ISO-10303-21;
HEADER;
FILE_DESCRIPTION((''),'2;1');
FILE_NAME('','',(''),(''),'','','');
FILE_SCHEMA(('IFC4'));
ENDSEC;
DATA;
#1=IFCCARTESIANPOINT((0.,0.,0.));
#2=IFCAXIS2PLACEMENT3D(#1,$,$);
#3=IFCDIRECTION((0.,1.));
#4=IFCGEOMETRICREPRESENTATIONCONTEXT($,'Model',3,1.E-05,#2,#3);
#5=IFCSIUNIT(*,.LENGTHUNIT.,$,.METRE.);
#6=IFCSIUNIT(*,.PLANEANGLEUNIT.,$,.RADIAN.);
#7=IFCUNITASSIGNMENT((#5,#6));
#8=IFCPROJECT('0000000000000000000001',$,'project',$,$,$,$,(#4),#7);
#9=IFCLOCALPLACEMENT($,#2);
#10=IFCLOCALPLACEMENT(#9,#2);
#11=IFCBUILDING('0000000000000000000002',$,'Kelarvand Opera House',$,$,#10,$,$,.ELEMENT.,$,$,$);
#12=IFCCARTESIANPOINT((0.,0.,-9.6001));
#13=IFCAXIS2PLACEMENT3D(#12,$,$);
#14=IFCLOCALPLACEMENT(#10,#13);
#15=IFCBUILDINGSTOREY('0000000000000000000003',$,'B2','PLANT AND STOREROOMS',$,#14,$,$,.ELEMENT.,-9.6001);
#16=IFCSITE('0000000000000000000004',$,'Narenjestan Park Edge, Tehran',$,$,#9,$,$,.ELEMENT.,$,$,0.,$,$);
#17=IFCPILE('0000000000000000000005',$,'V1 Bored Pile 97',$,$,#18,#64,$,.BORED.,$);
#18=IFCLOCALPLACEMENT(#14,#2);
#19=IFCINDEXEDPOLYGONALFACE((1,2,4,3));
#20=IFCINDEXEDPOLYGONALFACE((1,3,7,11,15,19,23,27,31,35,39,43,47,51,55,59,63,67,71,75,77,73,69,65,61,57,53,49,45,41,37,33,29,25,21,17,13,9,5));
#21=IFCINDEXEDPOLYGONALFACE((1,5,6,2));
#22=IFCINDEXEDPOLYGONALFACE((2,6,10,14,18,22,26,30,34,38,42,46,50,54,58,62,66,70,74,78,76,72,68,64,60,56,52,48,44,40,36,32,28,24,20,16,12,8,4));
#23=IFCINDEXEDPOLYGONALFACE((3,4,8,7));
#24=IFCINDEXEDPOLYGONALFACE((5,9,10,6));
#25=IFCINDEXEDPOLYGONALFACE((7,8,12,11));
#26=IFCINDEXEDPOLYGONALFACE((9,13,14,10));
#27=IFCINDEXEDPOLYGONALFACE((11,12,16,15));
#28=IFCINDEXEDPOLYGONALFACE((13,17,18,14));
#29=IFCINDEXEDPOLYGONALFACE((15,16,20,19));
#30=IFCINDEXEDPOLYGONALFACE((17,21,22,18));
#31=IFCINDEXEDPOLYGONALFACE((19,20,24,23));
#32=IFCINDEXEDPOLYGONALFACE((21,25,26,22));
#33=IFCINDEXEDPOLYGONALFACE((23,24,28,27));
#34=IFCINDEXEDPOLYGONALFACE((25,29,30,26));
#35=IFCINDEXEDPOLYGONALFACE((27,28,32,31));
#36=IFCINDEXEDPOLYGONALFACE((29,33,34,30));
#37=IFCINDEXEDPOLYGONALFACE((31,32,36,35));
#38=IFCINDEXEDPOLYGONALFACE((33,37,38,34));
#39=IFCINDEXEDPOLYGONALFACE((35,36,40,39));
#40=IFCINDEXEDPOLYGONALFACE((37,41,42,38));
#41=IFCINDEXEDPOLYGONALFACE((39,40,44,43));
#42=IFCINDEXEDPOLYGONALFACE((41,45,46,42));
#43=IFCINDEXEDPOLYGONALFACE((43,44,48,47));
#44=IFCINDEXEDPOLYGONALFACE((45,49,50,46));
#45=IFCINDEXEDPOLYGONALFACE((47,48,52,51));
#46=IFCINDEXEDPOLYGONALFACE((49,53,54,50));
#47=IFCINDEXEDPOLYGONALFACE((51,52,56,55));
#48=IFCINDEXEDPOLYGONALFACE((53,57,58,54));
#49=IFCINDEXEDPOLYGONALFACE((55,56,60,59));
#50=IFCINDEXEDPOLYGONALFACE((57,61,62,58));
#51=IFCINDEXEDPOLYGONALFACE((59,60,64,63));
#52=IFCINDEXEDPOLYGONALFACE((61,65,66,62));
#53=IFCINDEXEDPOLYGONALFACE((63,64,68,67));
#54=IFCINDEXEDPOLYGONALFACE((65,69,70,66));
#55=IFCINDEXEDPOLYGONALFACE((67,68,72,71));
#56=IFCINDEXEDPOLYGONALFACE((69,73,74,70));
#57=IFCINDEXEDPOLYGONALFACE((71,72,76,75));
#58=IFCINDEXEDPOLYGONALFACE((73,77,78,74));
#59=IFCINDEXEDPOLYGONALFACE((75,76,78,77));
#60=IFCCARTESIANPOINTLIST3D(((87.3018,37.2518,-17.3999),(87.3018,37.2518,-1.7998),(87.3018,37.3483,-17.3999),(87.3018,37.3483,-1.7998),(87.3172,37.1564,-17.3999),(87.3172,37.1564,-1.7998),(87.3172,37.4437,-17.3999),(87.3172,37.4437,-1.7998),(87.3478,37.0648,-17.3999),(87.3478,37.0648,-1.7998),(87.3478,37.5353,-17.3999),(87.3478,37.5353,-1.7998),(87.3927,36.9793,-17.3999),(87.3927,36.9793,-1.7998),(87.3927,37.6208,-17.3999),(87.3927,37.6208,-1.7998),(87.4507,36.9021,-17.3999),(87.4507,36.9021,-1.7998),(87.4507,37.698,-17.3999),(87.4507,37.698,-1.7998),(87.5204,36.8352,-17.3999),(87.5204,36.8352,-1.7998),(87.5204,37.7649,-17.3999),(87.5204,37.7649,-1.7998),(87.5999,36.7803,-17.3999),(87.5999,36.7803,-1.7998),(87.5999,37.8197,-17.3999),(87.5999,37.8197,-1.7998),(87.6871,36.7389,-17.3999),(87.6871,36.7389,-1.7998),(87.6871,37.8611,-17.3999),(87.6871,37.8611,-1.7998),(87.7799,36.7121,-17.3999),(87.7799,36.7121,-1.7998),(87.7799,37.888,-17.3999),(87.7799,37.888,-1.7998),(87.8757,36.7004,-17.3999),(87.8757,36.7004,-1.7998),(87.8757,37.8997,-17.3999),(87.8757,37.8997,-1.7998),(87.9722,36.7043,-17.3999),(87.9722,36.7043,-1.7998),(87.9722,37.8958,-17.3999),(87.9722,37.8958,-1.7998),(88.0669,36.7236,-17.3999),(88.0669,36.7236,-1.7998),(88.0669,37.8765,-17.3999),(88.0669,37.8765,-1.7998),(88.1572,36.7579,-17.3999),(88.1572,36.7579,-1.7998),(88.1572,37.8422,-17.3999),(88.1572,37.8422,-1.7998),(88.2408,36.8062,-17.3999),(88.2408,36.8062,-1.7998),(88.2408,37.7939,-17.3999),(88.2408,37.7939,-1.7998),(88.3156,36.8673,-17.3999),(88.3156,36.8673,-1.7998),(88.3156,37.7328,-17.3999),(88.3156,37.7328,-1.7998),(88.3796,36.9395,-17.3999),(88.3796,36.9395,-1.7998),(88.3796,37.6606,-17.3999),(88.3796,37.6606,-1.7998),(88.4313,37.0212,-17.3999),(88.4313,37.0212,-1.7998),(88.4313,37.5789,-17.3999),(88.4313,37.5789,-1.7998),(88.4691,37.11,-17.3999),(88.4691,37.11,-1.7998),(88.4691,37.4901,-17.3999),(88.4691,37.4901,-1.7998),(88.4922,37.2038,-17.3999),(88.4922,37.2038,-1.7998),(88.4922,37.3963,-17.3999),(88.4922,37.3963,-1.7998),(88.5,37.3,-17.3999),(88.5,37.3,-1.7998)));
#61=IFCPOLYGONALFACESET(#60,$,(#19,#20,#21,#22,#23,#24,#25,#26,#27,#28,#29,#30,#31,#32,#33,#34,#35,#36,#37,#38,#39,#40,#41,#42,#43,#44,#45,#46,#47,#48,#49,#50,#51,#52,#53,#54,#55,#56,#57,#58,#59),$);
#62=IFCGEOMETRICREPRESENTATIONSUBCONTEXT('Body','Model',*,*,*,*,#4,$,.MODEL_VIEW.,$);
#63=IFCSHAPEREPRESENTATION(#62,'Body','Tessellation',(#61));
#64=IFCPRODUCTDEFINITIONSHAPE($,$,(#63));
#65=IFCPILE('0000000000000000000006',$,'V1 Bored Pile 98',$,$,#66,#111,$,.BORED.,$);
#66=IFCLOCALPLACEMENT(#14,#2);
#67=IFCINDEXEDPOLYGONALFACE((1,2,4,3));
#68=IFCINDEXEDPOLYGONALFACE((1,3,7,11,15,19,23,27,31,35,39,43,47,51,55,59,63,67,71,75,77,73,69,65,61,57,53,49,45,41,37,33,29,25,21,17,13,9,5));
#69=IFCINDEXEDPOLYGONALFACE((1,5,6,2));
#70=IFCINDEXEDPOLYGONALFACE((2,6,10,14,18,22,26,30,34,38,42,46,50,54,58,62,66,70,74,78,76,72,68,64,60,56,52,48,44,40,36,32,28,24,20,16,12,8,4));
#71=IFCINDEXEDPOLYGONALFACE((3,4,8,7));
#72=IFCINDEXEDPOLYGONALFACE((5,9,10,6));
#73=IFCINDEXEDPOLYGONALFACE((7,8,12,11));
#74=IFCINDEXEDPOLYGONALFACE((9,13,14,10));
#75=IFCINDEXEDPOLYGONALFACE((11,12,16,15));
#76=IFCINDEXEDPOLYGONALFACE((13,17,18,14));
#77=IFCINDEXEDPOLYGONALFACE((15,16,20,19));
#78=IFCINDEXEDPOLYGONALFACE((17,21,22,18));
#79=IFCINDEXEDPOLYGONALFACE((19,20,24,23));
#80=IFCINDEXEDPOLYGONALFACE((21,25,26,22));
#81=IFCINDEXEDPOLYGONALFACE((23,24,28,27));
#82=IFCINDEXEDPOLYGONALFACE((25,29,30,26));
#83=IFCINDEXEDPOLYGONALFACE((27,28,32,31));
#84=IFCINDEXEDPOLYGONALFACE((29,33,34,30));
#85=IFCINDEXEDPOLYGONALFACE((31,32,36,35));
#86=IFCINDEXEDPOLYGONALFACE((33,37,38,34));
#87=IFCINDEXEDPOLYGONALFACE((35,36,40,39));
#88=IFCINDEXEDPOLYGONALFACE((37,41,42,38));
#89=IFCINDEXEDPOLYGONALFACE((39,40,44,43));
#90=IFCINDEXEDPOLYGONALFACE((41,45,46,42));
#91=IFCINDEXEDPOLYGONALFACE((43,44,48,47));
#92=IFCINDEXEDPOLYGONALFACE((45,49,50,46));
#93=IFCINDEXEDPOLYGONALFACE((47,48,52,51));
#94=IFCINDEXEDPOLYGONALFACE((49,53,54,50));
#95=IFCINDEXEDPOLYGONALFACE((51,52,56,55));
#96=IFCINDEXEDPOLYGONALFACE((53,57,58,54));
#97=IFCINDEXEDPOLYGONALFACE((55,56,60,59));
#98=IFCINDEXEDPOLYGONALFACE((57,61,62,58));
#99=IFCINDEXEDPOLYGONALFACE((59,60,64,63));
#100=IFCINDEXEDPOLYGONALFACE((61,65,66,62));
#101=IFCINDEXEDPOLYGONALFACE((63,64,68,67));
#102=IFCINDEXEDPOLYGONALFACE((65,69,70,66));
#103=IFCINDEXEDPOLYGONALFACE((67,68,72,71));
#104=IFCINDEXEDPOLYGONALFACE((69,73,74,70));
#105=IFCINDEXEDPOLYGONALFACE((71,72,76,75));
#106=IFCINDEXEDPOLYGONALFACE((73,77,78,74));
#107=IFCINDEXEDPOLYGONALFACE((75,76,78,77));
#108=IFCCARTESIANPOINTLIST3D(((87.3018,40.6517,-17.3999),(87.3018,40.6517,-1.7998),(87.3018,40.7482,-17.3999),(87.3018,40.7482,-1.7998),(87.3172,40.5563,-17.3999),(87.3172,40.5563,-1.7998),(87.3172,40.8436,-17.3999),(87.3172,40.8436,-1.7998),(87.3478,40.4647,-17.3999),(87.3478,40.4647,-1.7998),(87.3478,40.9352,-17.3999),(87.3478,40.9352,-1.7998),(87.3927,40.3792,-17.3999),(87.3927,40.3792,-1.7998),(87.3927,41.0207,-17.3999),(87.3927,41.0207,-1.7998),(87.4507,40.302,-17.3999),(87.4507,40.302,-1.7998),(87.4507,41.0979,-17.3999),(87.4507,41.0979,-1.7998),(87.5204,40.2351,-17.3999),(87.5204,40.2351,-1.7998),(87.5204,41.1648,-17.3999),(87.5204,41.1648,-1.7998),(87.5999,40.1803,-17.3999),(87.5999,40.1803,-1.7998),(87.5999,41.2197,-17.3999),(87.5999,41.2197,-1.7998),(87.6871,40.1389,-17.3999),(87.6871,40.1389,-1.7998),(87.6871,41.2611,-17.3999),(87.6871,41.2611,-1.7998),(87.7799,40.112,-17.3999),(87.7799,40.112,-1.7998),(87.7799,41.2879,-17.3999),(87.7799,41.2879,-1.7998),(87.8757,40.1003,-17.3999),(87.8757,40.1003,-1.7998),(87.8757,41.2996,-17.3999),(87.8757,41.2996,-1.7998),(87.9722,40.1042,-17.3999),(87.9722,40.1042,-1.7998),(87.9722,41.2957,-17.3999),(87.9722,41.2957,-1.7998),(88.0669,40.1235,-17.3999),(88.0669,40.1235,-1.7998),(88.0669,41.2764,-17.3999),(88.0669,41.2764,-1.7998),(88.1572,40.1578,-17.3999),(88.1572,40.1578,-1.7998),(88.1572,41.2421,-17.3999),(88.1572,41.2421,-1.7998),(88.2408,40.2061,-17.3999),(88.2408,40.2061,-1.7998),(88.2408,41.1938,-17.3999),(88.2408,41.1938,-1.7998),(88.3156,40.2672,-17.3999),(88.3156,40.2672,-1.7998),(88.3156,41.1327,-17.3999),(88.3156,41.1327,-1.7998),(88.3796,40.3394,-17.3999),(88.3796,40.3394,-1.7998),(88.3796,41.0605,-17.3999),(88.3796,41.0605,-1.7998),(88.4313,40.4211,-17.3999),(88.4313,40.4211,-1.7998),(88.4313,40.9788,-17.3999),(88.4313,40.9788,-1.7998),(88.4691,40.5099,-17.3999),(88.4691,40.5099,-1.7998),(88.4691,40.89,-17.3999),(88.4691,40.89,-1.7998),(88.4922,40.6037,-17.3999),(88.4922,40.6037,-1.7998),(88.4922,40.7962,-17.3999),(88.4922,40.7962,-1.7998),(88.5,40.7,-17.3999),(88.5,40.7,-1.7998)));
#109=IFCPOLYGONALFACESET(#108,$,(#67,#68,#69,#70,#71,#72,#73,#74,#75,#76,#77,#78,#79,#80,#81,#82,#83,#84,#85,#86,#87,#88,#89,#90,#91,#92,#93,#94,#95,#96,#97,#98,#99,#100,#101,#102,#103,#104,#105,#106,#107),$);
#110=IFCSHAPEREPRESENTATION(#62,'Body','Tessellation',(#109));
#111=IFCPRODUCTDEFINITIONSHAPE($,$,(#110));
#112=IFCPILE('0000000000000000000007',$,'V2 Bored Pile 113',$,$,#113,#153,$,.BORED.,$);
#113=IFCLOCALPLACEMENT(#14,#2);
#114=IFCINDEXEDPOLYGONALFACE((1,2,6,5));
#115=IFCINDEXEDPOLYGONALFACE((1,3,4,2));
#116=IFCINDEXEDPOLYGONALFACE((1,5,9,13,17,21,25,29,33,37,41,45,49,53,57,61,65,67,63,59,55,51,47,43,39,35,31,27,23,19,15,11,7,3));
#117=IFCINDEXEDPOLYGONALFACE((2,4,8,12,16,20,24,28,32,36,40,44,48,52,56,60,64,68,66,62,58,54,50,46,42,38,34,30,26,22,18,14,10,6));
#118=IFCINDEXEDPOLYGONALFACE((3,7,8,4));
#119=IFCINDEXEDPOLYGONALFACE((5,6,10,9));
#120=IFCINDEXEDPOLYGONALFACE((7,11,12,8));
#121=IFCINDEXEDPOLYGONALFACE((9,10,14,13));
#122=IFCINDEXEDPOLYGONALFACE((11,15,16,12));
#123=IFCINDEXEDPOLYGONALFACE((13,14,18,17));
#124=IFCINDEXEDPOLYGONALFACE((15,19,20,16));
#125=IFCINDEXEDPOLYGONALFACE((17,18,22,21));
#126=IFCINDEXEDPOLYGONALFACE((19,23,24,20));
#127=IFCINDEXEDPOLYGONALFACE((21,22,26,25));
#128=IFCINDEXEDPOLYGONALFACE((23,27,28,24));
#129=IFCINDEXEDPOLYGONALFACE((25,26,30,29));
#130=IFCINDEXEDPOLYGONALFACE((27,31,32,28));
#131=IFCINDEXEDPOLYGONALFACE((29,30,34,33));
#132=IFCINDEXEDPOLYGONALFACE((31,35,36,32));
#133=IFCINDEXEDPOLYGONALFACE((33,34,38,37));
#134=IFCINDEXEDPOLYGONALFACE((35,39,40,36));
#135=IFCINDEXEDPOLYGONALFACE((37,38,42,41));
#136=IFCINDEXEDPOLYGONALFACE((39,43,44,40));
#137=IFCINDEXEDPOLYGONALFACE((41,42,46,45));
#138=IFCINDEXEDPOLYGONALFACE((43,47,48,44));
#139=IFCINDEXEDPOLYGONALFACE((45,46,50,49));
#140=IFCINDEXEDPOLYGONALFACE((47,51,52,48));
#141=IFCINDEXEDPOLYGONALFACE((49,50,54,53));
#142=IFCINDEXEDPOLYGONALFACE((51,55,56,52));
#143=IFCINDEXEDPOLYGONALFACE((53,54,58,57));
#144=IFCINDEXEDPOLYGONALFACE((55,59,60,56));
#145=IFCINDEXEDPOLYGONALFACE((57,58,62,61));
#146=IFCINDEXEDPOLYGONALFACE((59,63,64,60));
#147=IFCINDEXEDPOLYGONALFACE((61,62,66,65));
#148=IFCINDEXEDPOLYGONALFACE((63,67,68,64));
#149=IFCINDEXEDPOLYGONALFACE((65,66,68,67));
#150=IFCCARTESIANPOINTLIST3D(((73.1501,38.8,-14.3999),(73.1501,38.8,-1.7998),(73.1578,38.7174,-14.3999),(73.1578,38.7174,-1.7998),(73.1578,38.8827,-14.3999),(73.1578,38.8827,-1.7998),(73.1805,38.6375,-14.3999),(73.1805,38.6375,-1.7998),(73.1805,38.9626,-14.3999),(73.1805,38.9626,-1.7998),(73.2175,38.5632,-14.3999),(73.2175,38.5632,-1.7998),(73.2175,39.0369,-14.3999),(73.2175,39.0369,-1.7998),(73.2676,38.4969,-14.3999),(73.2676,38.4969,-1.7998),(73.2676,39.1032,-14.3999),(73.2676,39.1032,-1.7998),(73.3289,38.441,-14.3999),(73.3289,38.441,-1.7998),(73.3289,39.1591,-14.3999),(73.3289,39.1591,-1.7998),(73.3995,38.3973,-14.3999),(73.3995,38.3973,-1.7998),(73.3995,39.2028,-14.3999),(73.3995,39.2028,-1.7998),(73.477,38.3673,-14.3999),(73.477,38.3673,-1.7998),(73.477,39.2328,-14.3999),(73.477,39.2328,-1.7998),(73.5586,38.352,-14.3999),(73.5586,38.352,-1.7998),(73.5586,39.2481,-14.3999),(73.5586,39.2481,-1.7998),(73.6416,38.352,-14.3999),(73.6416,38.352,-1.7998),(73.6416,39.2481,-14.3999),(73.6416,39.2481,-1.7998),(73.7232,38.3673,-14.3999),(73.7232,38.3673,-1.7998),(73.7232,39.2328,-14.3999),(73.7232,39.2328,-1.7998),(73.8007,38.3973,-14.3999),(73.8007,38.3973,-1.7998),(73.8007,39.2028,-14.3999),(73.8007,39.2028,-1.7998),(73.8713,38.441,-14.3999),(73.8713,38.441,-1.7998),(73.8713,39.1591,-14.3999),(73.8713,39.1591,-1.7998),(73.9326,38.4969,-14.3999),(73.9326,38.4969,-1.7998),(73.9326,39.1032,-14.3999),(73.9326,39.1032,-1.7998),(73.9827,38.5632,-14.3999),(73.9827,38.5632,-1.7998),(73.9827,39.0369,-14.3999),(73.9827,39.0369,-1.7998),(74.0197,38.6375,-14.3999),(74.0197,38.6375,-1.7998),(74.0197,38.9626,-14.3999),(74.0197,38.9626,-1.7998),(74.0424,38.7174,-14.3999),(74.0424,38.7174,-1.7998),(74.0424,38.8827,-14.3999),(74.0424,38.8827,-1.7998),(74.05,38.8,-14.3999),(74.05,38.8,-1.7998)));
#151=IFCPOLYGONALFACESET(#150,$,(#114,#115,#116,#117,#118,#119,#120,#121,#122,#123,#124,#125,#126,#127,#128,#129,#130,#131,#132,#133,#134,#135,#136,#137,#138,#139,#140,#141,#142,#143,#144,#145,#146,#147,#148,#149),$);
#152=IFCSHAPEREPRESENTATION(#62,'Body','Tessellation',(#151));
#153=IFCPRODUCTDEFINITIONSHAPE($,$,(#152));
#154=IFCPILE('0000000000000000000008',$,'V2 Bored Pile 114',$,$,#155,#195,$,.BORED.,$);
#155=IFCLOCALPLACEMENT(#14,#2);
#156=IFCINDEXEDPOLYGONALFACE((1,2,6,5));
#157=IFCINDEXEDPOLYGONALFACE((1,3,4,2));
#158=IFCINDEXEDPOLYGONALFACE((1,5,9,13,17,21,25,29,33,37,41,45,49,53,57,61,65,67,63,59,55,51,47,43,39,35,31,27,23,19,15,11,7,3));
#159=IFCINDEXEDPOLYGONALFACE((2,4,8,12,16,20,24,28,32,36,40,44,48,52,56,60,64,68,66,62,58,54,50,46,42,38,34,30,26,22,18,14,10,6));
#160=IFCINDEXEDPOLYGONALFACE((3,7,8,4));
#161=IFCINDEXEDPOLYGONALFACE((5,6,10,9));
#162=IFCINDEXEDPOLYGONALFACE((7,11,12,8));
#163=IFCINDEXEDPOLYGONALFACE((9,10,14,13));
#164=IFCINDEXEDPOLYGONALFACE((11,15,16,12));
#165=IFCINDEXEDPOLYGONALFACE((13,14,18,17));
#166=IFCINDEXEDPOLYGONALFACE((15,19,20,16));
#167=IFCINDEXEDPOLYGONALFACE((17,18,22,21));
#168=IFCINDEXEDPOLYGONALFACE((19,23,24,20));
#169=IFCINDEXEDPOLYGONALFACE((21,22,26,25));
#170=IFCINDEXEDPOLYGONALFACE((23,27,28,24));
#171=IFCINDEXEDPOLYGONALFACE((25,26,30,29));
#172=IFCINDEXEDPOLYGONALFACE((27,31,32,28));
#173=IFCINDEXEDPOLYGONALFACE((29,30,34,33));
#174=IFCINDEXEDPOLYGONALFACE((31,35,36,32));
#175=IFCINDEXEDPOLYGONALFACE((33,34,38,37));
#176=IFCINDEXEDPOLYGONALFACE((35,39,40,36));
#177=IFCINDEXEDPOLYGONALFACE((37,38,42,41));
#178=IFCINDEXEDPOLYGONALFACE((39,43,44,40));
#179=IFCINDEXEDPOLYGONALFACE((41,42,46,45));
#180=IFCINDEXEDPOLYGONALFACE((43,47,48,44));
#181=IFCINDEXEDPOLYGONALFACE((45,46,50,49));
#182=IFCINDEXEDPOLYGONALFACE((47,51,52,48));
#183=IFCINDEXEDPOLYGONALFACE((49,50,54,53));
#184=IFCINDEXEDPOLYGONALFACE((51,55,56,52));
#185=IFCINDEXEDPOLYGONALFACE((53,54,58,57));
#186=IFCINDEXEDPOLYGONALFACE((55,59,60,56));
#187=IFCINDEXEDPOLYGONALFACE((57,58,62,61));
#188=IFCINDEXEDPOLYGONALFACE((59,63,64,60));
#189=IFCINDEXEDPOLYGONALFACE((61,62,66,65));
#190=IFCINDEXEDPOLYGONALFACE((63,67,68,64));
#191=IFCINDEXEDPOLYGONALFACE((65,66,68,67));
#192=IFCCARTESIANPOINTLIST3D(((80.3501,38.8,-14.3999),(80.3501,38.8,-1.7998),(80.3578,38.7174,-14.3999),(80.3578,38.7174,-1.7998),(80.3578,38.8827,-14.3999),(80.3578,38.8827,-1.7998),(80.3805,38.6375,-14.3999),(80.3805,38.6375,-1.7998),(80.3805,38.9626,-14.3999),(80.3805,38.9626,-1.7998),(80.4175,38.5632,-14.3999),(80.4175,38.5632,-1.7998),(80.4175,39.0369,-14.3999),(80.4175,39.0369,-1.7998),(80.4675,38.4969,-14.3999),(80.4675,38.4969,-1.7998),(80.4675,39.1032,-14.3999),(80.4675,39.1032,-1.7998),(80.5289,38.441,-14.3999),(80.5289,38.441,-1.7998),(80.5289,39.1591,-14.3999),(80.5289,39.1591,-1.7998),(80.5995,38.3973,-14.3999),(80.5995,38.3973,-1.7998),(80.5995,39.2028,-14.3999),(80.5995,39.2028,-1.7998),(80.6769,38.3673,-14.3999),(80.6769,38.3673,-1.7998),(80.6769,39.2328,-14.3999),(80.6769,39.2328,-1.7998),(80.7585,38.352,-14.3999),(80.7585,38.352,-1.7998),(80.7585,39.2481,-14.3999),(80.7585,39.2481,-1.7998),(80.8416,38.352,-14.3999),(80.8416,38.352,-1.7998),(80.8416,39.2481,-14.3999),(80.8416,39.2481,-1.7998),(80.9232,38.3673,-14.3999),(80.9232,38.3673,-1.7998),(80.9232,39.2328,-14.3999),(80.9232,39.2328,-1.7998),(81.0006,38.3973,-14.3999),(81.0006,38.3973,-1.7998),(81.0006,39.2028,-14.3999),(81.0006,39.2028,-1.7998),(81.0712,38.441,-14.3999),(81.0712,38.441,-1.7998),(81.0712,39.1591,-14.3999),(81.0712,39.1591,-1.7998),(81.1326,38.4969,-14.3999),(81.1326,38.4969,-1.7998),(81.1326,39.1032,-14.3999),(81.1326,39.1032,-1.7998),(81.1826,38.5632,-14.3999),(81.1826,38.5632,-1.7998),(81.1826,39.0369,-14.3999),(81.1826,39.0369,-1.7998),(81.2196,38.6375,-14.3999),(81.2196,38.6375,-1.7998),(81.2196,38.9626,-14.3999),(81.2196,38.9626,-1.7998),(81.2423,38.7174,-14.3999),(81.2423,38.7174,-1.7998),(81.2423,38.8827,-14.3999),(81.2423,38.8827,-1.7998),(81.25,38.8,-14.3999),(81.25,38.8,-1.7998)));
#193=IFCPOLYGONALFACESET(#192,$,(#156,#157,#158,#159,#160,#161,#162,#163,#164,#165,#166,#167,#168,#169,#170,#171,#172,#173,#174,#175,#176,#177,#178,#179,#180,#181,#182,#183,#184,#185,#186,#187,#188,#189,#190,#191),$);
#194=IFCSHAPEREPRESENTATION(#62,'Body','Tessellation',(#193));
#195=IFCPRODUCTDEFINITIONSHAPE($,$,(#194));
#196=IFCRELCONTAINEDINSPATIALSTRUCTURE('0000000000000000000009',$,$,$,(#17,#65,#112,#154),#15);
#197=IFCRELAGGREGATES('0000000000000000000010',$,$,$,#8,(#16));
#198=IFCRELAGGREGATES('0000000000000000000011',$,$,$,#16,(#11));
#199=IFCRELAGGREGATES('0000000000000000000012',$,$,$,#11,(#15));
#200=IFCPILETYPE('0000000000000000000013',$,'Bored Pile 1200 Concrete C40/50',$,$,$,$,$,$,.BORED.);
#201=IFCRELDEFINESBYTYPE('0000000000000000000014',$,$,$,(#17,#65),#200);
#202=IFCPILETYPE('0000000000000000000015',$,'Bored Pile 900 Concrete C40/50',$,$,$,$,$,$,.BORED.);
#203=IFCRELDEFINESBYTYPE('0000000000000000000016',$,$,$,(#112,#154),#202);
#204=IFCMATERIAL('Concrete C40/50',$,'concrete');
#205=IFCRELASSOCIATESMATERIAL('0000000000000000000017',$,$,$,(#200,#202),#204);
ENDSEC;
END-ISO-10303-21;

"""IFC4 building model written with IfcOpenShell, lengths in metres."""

from ifc_helpers import new_model, si_unit, direction, frame, origin, origin_2d, place, context, subcontext, project, spatial, circle, extrude, material, material_profile, profile_set, type_object, element, save


model = new_model("IFC4")

# Units and contexts
model_context = context("Model", 3, precision=1e-05, world=origin(), true_north=direction((0.0, 1.0)))
body_context = subcontext(model_context, "Body", "Model", "MODEL_VIEW")
ifc_project = project(units=[si_unit("LENGTHUNIT", "METRE"), si_unit("PLANEANGLEUNIT", "RADIAN")], contexts=[model_context])

# Site, building, storey
site_placement = place(None, origin())
site = spatial("IfcSite", under=ifc_project, at=site_placement, Name="Narenjestan Park Edge, Tehran", CompositionType="ELEMENT", RefElevation=0.0)
building_placement = place(site_placement, origin())
building = spatial("IfcBuilding", under=site, at=building_placement, Name="Kelarvand Opera House", CompositionType="ELEMENT")
storey_placement = place(building_placement, frame((0.0, 0.0, -9.6001)))
storey = spatial("IfcBuildingStorey", under=building, at=storey_placement, Name="B2", Description="PLANT AND STOREROOMS", CompositionType="ELEMENT", Elevation=-9.6001)

# Piles
ifc_material_1 = material(Name="Concrete C40/50", Category="concrete")
ifc_material_profile_1 = material_profile(ifc_material_1, circle(Radius=0.6001, at=origin_2d()), Name="BP 1200", Category="concrete")
ifc_profile_set_1 = profile_set([ifc_material_profile_1], Name="Concrete C40/50")
pile_type_1 = type_object("IfcPileType", Name="Bored Pile 1200 Concrete C40/50", PredefinedType="BORED", material=ifc_profile_set_1)
for number, where, z_axis, x_axis, name in (
    (1, (87.8999, 37.3, -1.7998), (0.0, 0.0, -1.0), (1.0, 0.0, 0.0), "V1 Bored Pile 97"),
    (2, (87.8999, 40.7, -1.7998), (0.0, 0.0, -1.0), (1.0, 0.0, 0.0), "V1 Bored Pile 98"),
):
    element("IfcPile", number, at=place(storey_placement, frame(where, z_axis=z_axis, x_axis=x_axis)), inside=storey, type_object=pile_type_1, Name=name, PredefinedType="BORED", context=body_context, shape_type="SweptSolid", body=[
        extrude(circle(Radius=0.6001, at=origin_2d()), origin(), (0.0, 0.0, 1.0), 15.6001),
    ])
ifc_material_profile_2 = material_profile(ifc_material_1, circle(Radius=0.45, at=origin_2d()), Name="BP 900", Category="concrete")
ifc_profile_set_2 = profile_set([ifc_material_profile_2], Name="Concrete C40/50")
pile_type_2 = type_object("IfcPileType", Name="Bored Pile 900 Concrete C40/50", PredefinedType="BORED", material=ifc_profile_set_2)
for number, where, z_axis, x_axis, name in (
    (3, (73.6001, 38.8, -1.7998), (0.0, 0.0, -1.0), (1.0, 0.0, 0.0), "V2 Bored Pile 113"),
    (4, (80.8, 38.8, -1.7998), (0.0, 0.0, -1.0), (1.0, 0.0, 0.0), "V2 Bored Pile 114"),
):
    element("IfcPile", number, at=place(storey_placement, frame(where, z_axis=z_axis, x_axis=x_axis)), inside=storey, type_object=pile_type_2, Name=name, PredefinedType="BORED", context=body_context, shape_type="SweptSolid", body=[
        extrude(circle(Radius=0.45, at=origin_2d()), origin(), (0.0, 0.0, 1.0), 12.6001),
    ])

save(model, "model.ifc")
